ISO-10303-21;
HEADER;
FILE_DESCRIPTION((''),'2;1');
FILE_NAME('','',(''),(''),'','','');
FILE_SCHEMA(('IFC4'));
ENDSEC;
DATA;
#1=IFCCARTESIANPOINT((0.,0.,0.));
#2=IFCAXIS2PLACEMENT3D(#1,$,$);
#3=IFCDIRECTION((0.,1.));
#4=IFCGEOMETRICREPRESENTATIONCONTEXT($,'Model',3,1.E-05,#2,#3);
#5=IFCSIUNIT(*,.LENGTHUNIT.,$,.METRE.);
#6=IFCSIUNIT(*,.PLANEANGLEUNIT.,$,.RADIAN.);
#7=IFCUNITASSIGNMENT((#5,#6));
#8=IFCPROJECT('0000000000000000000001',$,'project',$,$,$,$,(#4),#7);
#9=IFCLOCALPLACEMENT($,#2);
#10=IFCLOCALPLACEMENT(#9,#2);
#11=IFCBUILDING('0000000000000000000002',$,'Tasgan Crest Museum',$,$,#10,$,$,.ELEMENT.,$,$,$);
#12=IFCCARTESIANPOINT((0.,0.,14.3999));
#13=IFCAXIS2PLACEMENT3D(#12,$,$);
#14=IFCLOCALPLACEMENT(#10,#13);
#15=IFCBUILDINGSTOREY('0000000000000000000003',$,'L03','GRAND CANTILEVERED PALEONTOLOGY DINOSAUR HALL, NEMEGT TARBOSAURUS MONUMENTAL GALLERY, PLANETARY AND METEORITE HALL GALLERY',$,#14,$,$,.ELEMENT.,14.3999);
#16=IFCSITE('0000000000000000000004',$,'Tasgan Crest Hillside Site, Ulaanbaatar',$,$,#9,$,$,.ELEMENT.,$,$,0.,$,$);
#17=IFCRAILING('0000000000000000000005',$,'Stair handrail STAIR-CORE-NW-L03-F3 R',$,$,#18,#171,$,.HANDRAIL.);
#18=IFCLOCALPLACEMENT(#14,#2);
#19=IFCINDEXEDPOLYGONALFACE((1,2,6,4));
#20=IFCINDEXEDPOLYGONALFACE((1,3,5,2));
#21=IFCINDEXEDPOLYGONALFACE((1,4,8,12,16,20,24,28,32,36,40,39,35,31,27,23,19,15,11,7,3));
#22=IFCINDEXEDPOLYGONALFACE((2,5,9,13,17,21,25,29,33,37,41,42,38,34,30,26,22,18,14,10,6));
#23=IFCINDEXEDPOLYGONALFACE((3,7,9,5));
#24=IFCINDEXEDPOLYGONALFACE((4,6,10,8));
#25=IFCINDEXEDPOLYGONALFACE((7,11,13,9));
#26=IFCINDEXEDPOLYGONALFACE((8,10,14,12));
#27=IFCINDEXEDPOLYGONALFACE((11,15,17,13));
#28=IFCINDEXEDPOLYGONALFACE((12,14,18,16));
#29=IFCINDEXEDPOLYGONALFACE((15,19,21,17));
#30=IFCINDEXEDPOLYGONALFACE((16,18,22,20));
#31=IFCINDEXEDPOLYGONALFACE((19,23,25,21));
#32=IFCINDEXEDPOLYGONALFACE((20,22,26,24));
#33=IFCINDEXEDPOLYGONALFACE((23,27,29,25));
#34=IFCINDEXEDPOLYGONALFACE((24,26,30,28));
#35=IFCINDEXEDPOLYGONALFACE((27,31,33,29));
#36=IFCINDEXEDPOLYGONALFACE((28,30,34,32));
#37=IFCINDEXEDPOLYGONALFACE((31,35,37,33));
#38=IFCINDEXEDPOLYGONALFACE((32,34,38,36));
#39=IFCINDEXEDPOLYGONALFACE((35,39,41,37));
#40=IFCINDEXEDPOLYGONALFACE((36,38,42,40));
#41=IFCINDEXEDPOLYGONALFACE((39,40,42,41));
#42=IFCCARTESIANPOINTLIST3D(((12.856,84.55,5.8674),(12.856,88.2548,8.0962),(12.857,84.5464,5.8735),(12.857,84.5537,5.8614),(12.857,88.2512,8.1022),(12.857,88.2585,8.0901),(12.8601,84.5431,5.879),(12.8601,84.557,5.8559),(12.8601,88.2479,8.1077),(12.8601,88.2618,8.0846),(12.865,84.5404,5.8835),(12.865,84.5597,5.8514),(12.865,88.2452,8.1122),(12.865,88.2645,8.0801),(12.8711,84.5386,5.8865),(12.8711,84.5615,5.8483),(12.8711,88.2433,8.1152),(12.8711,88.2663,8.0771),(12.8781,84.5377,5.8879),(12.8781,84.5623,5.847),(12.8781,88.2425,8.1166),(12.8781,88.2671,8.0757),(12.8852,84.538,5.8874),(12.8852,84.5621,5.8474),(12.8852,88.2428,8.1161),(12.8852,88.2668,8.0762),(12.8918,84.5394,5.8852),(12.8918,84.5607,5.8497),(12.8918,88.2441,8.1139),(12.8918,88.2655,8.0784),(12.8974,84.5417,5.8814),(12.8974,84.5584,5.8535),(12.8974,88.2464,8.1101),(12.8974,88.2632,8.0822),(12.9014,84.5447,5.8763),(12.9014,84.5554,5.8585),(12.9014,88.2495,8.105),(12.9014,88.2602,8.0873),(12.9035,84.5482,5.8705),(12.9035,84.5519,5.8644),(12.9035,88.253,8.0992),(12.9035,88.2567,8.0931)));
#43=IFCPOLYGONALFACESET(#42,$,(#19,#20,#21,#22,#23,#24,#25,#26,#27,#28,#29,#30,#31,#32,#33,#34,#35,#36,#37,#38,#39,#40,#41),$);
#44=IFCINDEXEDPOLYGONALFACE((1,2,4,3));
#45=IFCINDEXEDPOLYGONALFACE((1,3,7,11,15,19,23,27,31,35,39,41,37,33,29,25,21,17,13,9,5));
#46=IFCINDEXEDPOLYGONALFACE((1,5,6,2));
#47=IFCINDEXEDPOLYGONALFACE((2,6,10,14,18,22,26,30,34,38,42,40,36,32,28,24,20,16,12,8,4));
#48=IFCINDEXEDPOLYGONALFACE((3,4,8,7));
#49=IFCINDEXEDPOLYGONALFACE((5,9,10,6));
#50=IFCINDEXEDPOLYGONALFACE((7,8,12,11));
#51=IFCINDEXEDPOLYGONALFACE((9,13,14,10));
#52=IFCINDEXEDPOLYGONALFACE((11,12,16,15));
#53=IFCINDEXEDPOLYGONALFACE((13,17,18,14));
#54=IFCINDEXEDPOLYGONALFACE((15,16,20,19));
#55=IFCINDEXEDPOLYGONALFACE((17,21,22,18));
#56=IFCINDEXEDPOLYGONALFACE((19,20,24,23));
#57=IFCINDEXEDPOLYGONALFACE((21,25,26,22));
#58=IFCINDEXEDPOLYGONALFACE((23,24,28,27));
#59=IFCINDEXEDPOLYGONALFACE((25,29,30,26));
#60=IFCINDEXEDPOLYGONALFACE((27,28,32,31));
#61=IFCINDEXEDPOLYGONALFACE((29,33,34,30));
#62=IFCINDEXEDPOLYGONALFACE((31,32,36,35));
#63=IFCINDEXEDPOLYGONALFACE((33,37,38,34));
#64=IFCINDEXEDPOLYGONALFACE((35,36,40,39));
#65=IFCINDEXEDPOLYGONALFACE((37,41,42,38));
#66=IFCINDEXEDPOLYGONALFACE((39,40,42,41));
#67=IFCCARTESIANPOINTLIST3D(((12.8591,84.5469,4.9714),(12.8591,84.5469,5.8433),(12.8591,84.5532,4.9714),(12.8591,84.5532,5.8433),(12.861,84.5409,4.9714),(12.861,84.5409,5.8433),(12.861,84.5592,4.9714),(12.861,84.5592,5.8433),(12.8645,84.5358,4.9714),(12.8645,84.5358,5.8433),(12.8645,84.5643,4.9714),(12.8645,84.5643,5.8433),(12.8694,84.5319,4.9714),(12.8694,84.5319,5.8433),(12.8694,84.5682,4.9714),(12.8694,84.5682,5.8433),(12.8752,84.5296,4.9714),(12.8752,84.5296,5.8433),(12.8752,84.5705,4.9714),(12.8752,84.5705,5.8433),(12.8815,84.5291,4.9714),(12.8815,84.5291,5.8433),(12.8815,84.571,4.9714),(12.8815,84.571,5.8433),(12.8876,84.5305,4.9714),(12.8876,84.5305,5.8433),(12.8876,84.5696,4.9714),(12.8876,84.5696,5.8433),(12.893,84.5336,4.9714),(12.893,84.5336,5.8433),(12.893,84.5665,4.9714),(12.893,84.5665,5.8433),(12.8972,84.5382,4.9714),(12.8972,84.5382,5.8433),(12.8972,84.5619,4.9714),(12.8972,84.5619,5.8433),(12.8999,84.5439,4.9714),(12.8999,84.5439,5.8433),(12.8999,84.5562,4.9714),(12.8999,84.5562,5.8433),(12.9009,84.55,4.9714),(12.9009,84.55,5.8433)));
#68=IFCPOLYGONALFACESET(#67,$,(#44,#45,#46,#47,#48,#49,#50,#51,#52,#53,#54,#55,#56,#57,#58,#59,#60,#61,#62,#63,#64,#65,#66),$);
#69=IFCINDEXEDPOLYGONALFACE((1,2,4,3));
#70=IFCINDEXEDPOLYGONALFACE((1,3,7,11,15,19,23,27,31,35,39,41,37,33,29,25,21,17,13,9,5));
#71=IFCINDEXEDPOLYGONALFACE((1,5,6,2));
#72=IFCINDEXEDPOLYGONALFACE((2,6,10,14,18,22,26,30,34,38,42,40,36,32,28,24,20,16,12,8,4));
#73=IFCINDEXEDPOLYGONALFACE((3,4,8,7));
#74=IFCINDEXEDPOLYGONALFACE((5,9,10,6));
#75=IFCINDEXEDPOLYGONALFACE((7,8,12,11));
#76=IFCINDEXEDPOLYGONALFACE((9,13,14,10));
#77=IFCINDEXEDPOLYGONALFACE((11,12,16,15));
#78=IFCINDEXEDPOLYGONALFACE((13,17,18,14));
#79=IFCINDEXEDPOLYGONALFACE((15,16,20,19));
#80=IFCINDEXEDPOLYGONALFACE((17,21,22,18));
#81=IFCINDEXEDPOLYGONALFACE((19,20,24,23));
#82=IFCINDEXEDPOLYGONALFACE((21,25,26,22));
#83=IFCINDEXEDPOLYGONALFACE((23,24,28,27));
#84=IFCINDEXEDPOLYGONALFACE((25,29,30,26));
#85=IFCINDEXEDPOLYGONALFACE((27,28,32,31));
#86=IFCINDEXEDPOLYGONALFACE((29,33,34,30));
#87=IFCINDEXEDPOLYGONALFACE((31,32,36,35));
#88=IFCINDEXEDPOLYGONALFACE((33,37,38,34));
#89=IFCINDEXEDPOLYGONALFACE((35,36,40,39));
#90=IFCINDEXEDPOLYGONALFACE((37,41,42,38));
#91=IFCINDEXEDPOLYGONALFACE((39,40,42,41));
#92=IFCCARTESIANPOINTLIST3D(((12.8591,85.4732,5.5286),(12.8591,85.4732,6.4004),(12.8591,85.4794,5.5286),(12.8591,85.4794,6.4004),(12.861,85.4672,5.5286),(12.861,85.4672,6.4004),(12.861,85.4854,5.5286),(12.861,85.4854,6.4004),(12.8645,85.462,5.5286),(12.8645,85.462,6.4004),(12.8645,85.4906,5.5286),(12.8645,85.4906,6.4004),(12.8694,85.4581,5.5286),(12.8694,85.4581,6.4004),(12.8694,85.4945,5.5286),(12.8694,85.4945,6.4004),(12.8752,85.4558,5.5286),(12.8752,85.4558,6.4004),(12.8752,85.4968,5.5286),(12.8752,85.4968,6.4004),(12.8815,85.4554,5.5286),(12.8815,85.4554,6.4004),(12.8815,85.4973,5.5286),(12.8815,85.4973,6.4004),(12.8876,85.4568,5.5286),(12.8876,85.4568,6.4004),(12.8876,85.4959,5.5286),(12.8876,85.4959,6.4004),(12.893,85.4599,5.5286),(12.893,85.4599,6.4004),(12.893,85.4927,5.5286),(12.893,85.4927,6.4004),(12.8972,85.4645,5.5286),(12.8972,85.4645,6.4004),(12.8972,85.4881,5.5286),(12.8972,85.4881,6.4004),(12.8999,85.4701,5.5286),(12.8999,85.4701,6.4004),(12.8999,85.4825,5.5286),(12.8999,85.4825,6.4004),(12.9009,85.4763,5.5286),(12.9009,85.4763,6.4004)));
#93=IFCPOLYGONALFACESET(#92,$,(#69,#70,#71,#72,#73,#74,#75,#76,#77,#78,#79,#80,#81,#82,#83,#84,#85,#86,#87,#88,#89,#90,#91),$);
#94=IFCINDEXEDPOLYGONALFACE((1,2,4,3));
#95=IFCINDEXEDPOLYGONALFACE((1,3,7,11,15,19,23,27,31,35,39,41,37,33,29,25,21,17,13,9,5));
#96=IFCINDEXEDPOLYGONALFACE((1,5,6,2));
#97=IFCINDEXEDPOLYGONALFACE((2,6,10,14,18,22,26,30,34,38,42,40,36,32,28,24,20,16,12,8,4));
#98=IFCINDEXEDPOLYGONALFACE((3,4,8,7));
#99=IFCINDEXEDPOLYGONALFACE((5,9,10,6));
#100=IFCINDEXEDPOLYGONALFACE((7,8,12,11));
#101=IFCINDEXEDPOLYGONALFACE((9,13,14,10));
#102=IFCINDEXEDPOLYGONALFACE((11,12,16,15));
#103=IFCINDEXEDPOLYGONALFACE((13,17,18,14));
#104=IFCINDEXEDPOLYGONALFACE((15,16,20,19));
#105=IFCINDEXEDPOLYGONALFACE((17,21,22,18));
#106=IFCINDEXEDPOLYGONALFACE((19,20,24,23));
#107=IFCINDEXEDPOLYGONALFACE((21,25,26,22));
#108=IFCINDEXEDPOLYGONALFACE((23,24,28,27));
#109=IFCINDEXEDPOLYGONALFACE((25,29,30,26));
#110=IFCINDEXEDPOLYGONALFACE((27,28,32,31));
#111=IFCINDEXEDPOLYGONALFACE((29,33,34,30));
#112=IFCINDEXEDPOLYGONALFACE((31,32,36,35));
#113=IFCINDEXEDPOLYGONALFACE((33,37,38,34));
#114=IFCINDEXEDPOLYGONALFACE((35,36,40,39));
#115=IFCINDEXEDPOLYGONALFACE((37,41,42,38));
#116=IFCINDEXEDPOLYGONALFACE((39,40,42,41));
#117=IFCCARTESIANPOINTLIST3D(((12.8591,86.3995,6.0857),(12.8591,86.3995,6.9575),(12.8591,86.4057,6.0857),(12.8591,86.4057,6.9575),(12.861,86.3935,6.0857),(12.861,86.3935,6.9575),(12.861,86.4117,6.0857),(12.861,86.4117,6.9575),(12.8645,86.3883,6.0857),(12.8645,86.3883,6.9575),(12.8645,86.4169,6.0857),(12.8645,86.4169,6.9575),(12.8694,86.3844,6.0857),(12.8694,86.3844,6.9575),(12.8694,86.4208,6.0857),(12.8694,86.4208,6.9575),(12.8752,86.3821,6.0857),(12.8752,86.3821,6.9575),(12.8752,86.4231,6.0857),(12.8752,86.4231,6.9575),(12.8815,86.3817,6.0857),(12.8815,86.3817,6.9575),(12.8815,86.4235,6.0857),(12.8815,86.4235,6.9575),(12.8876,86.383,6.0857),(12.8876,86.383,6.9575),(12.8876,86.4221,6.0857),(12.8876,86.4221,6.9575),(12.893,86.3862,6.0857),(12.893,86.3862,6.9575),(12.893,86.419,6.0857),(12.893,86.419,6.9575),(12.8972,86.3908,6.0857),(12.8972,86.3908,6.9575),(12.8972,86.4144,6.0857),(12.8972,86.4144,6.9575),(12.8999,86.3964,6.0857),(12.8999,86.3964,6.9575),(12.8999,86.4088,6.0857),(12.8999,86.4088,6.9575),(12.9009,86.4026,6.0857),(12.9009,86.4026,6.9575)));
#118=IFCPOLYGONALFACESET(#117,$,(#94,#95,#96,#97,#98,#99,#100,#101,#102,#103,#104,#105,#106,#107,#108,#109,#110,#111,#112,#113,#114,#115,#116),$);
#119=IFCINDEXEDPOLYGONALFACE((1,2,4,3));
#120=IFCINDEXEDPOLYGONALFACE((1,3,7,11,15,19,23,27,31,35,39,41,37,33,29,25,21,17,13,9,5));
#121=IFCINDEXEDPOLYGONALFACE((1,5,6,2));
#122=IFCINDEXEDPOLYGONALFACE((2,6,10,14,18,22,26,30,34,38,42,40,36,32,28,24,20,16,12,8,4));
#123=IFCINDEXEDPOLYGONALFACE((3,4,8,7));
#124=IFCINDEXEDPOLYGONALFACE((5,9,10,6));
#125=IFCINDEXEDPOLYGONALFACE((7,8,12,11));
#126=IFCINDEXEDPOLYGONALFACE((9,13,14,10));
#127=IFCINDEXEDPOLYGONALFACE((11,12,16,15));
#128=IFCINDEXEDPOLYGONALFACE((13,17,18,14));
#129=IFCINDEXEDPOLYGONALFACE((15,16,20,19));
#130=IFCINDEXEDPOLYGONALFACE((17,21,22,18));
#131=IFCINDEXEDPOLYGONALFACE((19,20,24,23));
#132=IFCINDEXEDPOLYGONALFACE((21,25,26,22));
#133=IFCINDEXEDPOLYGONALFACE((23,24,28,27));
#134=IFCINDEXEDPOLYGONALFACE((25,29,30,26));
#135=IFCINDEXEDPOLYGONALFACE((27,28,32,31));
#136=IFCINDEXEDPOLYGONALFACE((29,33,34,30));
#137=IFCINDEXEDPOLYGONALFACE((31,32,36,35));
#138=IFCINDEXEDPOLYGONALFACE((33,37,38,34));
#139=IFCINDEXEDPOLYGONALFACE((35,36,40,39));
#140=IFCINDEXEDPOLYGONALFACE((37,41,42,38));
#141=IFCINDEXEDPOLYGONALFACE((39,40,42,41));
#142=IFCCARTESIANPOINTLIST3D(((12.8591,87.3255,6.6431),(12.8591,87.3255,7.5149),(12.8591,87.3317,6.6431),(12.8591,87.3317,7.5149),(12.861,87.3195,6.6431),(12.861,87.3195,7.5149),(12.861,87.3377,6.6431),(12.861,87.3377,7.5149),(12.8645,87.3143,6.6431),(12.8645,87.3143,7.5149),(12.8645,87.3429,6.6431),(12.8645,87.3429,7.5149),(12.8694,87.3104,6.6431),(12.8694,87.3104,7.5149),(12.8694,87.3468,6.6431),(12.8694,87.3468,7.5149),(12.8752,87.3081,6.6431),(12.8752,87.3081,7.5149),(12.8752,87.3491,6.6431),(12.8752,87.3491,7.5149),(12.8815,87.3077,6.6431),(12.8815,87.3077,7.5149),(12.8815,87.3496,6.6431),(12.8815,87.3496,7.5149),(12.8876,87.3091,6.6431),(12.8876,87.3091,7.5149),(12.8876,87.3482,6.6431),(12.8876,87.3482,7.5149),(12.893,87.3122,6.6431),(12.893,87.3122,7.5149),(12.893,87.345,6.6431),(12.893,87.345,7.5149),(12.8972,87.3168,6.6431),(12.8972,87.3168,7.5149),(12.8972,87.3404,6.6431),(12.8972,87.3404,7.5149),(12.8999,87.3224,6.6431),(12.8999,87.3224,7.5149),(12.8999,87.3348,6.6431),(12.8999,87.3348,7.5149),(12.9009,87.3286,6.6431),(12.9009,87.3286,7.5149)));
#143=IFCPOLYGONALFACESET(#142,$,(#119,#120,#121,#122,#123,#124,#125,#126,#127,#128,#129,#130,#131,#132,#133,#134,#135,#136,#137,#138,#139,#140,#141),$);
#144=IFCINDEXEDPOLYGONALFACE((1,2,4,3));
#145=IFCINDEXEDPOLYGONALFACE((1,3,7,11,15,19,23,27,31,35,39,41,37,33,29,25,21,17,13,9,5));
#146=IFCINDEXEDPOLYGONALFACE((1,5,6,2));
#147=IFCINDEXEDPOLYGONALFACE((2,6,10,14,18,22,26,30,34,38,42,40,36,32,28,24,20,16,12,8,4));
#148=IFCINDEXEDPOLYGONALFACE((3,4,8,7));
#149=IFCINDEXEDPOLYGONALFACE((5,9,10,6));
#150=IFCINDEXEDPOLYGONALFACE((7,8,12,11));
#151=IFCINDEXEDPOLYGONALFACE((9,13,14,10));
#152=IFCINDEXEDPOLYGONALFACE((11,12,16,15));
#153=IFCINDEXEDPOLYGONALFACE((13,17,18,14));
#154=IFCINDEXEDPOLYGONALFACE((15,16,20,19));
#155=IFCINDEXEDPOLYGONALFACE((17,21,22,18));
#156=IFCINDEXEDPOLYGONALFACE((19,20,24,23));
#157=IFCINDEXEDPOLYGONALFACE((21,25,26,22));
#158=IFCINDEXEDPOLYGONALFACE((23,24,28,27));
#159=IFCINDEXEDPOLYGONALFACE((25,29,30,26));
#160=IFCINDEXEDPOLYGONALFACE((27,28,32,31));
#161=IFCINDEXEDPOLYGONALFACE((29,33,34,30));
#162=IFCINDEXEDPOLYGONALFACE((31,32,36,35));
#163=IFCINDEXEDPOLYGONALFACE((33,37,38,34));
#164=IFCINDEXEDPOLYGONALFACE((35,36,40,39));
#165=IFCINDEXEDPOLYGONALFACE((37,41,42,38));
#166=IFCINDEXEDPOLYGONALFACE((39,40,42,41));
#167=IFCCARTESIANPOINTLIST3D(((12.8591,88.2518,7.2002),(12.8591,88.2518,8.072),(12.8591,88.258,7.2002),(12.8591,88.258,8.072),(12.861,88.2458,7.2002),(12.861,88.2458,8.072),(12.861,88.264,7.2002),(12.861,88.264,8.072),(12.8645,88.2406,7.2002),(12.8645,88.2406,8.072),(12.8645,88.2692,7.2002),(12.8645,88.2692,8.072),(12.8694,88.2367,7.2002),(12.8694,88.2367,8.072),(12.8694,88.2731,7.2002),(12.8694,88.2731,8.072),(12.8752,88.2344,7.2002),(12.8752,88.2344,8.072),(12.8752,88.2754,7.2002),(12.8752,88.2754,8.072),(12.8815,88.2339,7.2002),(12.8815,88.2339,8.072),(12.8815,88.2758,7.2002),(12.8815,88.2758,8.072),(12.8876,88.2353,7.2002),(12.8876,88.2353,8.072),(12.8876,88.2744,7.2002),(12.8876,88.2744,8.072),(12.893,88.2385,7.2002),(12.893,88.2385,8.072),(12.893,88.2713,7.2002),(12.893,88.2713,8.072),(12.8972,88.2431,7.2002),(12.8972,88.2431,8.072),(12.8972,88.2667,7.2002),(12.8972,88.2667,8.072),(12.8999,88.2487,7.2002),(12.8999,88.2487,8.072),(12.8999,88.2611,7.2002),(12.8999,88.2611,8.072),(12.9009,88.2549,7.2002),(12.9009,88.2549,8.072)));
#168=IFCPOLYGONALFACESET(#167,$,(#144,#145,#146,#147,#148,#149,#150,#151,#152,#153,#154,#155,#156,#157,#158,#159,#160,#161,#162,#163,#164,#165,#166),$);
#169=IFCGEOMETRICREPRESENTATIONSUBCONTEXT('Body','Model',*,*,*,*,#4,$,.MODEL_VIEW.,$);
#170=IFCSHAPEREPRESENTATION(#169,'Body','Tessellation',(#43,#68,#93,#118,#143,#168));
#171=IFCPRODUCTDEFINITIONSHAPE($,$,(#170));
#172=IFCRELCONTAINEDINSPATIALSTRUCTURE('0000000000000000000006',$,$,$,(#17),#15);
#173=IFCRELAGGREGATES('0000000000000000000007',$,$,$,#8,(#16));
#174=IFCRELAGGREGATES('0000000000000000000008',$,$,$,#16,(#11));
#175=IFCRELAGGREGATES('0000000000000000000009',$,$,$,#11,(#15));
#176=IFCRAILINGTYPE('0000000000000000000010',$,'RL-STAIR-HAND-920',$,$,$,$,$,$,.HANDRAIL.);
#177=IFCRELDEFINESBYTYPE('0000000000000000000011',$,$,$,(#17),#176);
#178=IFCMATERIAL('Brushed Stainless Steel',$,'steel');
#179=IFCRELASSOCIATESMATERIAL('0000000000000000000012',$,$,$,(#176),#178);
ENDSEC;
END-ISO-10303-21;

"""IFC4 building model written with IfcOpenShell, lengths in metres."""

from ifc_helpers import new_model, si_unit, direction, frame, origin, origin_2d, place, context, subcontext, project, spatial, circle, extrude, material, type_object, element, save


model = new_model("IFC4")

# Units and contexts
model_context = context("Model", 3, precision=1e-05, world=origin(), true_north=direction((0.0, 1.0)))
body_context = subcontext(model_context, "Body", "Model", "MODEL_VIEW")
ifc_project = project(units=[si_unit("LENGTHUNIT", "METRE"), si_unit("PLANEANGLEUNIT", "RADIAN")], contexts=[model_context])

# Site, building, storey
site_placement = place(None, origin())
site = spatial("IfcSite", under=ifc_project, at=site_placement, Name="Tasgan Crest Hillside Site, Ulaanbaatar", CompositionType="ELEMENT", RefElevation=0.0)
building_placement = place(site_placement, origin())
building = spatial("IfcBuilding", under=site, at=building_placement, Name="Tasgan Crest Museum", CompositionType="ELEMENT")
storey_placement = place(building_placement, frame((0.0, 0.0, 14.3999)))
storey = spatial("IfcBuildingStorey", under=building, at=storey_placement, Name="L03", Description="GRAND CANTILEVERED PALEONTOLOGY DINOSAUR HALL, NEMEGT TARBOSAURUS MONUMENTAL GALLERY, PLANETARY AND METEORITE HALL GALLERY", CompositionType="ELEMENT", Elevation=14.3999)

# Railing
ifc_material_1 = material(Name="Brushed Stainless Steel", Category="steel")
railing_type_1 = type_object("IfcRailingType", Name="RL-STAIR-HAND-920", PredefinedType="HANDRAIL", material=ifc_material_1)
for number, where, name in (
    (1, (12.8799, 84.55, 4.9714), "Stair handrail STAIR-CORE-NW-L03-F3 R"),
):
    element("IfcRailing", number, at=place(storey_placement, frame(where)), inside=storey, type_object=railing_type_1, Name=name, PredefinedType="HANDRAIL", context=body_context, shape_type="SweptSolid", body=[
        extrude(circle(Radius=0.0239, at=origin_2d()), frame((0.0, 0.0, 0.896), z_axis=(0.0, 0.856894, 0.515492), x_axis=(-1.0, 0.0, 0.0)), (0.0, 0.0, 1.0), 4.3235),
        extrude(circle(Radius=0.021, at=origin_2d()), origin(), (0.0, 0.0, 1.0), 0.8718),
        extrude(circle(Radius=0.021, at=origin_2d()), frame((0.0, 0.9263, 0.5571)), (0.0, 0.0, 1.0), 0.8718),
        extrude(circle(Radius=0.021, at=origin_2d()), frame((0.0, 1.8525, 1.1143)), (0.0, 0.0, 1.0), 0.8718),
        extrude(circle(Radius=0.021, at=origin_2d()), frame((0.0, 2.7786, 1.6716)), (0.0, 0.0, 1.0), 0.8718),
        extrude(circle(Radius=0.021, at=origin_2d()), frame((0.0, 3.7048, 2.2288)), (0.0, 0.0, 1.0), 0.8718),
    ])

save(model, "model.ifc")
